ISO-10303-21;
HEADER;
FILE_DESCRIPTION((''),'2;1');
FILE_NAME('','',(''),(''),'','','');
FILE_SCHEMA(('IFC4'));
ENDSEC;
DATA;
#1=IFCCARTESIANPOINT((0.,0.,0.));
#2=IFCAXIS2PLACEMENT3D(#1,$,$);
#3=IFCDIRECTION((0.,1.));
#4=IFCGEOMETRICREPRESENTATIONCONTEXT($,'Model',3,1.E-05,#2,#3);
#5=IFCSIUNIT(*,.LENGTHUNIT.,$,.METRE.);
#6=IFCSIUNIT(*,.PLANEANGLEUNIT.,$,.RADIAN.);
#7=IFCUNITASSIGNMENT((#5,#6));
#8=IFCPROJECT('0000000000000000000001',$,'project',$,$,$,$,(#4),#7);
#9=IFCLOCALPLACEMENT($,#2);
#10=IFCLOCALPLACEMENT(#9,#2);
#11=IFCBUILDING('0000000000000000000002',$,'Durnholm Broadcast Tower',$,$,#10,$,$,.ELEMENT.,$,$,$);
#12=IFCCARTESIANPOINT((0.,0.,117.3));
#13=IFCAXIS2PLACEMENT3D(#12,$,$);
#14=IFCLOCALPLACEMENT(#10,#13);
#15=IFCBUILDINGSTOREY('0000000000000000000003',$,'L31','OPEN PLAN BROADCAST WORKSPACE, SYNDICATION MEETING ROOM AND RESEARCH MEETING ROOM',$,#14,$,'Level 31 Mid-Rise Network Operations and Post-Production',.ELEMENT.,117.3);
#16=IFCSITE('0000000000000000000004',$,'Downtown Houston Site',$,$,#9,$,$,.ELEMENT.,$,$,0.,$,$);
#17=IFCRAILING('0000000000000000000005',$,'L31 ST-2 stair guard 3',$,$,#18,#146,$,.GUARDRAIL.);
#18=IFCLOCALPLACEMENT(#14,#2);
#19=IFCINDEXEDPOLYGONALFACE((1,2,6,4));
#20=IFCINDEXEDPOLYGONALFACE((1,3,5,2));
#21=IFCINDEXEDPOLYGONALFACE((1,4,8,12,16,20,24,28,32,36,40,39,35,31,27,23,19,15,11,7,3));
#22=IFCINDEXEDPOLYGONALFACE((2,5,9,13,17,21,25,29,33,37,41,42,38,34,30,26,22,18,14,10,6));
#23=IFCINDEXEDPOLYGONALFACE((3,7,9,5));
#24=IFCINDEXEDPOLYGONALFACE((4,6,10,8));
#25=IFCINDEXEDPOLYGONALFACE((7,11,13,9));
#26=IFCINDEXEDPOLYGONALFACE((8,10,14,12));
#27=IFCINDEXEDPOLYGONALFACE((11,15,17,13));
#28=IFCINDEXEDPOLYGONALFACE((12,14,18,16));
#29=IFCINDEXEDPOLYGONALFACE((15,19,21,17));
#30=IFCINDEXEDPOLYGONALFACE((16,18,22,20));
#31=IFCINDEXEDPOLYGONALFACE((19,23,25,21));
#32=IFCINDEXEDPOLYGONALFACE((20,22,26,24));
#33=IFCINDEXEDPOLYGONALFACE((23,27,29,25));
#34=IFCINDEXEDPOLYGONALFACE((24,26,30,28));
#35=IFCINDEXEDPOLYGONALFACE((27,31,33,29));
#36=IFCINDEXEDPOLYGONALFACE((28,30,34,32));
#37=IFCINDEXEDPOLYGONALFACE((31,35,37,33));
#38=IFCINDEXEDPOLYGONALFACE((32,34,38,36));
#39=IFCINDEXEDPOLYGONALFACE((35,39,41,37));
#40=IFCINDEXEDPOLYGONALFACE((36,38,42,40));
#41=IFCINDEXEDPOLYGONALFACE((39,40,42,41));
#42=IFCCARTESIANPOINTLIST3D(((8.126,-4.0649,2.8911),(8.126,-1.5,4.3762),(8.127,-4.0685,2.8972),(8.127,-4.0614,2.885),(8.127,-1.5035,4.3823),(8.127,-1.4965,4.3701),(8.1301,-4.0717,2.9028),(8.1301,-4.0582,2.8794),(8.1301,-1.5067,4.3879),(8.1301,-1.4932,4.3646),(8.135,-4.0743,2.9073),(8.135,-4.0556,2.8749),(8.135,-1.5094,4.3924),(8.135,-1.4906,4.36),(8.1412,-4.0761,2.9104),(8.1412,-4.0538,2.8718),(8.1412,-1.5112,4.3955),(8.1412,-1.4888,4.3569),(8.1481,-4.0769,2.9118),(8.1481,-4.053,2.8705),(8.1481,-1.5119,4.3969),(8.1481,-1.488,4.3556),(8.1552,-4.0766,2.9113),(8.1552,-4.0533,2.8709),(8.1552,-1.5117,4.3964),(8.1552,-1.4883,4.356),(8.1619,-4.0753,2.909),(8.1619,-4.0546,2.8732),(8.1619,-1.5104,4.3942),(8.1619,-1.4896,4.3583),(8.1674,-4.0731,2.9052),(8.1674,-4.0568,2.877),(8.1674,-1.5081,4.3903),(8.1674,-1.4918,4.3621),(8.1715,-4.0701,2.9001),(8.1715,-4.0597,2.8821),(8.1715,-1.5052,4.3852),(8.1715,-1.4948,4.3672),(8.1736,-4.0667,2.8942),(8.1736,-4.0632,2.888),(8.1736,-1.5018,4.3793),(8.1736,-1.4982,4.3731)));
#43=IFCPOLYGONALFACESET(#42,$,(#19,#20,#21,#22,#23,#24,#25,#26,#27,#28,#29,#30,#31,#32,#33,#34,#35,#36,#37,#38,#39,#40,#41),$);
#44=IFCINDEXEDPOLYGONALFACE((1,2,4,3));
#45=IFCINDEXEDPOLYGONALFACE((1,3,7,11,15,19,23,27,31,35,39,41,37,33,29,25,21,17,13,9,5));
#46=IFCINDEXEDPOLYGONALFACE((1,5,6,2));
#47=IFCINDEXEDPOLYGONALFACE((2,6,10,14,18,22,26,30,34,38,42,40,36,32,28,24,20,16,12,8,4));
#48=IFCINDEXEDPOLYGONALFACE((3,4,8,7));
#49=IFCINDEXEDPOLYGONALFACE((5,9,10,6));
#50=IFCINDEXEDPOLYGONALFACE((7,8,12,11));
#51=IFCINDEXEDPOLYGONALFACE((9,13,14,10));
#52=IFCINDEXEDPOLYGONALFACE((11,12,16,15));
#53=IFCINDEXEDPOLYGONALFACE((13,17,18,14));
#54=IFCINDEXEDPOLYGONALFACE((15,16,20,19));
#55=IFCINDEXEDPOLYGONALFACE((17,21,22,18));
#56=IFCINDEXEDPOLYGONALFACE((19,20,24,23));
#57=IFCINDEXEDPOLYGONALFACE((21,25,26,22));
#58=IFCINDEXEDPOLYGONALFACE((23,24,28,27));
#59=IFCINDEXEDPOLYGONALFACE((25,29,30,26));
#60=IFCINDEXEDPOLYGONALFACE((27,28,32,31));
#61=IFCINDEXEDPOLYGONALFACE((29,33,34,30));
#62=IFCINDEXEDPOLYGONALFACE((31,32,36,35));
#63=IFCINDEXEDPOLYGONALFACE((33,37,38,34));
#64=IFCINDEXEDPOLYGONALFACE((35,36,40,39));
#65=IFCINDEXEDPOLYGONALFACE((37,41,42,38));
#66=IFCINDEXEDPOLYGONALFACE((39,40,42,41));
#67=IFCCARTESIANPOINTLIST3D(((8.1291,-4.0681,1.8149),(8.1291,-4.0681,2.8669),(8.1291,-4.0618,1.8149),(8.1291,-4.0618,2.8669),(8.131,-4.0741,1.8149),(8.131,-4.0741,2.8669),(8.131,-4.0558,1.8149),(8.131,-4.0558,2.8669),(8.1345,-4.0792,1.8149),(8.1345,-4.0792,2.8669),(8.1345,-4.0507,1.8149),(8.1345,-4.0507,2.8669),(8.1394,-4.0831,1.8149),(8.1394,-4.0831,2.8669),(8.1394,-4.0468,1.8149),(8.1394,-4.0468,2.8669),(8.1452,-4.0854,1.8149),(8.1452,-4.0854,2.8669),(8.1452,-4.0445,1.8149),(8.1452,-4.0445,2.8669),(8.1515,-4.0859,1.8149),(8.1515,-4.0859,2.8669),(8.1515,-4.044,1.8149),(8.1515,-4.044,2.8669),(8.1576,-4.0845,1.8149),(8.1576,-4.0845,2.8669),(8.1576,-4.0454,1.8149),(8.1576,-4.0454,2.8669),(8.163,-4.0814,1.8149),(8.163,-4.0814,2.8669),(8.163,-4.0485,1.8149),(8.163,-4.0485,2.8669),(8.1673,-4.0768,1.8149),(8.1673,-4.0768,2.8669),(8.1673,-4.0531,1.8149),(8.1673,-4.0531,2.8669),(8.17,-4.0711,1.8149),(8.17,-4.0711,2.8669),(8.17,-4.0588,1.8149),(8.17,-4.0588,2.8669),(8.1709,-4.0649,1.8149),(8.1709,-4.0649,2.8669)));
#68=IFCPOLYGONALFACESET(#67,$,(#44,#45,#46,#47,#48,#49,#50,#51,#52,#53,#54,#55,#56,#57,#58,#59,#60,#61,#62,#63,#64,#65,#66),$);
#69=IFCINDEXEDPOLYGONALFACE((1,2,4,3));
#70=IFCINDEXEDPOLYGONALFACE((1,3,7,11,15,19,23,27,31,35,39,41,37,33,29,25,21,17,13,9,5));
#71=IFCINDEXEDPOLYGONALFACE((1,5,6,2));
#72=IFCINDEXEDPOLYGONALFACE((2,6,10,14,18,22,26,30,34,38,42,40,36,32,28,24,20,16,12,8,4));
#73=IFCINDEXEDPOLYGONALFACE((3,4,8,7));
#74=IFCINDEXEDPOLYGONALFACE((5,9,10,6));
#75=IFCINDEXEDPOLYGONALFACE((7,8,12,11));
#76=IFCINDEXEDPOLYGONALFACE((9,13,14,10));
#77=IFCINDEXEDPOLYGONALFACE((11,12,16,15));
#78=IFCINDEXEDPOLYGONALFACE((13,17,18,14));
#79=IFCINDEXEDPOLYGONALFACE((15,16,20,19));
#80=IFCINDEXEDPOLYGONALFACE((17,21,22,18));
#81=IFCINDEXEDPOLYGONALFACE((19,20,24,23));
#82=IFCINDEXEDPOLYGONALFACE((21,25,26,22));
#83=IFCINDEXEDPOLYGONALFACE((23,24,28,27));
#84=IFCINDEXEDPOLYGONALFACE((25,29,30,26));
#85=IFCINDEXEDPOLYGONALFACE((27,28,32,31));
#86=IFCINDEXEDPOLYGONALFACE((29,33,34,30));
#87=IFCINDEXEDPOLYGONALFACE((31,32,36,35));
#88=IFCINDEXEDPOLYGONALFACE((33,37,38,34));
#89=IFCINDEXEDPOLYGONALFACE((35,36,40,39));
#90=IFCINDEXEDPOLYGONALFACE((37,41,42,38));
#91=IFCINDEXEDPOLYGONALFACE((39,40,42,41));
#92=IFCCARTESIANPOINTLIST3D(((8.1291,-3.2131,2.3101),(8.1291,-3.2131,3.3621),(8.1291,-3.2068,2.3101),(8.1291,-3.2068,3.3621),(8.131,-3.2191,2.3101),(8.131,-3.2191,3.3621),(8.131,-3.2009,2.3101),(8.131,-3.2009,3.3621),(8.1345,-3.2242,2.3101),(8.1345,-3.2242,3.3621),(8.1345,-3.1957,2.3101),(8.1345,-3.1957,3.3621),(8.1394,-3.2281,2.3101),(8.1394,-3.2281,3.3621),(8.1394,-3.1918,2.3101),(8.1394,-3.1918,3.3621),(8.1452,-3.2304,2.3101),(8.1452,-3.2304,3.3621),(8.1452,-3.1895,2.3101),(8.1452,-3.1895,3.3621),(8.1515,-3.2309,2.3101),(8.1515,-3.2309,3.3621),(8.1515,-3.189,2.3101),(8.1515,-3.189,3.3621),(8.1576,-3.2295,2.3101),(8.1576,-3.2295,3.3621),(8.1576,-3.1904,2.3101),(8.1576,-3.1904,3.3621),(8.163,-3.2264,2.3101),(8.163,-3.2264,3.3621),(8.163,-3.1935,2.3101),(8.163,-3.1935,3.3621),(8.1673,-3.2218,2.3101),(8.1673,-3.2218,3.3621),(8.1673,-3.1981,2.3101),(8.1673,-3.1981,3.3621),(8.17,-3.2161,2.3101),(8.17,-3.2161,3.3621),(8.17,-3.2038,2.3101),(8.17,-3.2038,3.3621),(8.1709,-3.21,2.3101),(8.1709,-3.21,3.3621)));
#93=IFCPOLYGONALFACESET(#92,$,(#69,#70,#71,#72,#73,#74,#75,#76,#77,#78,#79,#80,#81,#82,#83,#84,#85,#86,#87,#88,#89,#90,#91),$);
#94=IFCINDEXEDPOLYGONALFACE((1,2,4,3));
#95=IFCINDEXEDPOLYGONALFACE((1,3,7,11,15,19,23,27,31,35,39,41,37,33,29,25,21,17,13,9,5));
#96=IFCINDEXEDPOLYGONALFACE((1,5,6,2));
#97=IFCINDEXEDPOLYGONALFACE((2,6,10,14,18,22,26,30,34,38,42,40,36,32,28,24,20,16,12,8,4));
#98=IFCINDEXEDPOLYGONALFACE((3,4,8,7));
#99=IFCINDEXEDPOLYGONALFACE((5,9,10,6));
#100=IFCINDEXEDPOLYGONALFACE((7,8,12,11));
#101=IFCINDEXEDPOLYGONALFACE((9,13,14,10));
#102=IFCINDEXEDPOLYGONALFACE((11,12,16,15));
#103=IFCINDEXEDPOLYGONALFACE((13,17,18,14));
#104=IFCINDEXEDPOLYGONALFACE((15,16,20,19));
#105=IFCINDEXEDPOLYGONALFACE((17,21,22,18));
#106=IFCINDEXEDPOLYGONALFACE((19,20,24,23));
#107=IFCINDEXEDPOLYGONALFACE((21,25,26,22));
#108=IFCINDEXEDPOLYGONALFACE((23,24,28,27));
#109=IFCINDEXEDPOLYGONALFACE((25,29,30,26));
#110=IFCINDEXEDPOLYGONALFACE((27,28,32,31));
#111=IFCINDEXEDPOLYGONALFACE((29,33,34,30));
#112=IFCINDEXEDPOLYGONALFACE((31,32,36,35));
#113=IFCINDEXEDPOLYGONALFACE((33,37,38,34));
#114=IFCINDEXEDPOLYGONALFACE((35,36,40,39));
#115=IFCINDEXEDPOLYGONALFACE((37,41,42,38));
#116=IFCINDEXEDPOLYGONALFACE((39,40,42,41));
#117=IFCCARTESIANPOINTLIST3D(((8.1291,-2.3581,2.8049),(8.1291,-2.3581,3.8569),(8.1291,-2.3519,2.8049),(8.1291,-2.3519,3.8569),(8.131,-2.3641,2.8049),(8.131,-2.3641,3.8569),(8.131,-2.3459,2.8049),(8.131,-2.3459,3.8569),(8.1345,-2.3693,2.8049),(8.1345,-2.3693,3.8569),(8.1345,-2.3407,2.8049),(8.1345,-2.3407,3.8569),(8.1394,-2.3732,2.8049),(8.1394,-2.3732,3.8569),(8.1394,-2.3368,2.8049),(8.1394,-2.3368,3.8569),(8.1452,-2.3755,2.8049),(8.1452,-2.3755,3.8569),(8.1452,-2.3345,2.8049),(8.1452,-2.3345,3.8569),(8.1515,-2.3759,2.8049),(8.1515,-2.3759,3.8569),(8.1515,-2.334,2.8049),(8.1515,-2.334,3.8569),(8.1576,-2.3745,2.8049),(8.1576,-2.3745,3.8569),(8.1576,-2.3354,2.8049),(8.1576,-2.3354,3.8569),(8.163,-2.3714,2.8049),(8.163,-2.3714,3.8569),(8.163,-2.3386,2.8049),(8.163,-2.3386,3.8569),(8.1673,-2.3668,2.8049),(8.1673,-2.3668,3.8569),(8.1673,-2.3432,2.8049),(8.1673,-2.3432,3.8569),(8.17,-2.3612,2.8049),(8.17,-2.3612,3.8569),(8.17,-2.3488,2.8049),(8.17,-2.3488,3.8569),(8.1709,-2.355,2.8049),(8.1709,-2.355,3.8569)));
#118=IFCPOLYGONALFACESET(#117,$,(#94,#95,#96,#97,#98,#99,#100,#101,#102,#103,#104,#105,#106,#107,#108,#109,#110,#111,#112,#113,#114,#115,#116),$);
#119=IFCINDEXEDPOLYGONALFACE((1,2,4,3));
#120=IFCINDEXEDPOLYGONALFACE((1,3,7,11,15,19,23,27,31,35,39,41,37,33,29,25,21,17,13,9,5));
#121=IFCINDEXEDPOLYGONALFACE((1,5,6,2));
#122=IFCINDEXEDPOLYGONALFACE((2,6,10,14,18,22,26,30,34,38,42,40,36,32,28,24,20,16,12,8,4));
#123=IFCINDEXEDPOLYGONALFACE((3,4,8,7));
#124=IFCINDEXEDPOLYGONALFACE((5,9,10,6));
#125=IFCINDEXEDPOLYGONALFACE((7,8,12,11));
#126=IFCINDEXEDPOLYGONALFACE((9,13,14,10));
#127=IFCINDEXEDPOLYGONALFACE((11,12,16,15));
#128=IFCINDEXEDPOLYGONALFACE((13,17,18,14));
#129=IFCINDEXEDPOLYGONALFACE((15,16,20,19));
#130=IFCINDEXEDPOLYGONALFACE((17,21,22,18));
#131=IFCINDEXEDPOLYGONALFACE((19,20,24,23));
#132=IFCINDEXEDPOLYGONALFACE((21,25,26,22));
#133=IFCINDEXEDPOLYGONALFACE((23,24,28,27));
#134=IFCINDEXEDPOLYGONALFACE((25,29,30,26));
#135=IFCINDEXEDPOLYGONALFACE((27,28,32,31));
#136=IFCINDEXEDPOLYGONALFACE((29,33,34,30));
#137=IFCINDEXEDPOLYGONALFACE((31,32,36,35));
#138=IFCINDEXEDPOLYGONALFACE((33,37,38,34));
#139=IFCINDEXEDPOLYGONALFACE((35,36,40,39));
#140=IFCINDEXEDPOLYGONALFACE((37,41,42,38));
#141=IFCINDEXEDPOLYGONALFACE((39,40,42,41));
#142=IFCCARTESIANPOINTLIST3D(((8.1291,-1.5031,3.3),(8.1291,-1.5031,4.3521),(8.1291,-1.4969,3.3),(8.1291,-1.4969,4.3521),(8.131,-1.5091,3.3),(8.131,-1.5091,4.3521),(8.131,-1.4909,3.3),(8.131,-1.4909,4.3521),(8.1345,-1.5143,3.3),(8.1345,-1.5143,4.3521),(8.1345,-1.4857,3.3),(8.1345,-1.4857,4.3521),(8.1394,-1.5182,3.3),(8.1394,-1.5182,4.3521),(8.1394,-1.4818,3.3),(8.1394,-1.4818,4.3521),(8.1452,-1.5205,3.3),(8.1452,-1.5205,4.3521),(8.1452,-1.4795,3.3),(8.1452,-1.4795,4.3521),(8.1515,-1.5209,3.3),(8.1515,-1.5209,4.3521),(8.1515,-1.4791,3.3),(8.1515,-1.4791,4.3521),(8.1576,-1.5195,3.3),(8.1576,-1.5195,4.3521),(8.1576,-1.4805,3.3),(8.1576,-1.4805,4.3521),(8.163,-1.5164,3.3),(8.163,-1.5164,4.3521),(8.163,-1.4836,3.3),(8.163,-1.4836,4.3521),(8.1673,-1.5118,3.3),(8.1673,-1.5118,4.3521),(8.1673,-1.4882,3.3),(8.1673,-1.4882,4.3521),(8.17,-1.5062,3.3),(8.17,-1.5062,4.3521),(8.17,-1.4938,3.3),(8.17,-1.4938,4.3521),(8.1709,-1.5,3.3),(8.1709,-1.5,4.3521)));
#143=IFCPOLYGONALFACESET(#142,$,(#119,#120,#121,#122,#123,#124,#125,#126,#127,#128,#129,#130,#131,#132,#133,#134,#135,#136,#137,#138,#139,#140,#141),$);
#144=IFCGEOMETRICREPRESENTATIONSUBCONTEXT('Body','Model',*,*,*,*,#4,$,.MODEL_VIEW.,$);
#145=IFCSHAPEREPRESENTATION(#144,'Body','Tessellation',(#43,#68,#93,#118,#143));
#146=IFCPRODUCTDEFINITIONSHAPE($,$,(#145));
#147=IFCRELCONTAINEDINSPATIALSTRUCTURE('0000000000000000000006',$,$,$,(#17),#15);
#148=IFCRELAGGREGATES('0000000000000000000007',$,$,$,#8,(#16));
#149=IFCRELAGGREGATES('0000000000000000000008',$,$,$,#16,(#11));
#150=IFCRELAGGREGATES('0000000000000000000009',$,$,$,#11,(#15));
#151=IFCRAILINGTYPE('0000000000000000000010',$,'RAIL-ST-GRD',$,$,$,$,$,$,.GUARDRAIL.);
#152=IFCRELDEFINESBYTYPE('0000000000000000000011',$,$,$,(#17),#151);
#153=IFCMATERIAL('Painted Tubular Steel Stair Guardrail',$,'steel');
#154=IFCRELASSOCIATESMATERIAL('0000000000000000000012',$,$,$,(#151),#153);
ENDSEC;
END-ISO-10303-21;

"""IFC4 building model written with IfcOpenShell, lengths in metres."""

from ifc_helpers import new_model, si_unit, direction, frame, origin, origin_2d, place, context, subcontext, project, spatial, circle, extrude, material, type_object, element, save


model = new_model("IFC4")

# Units and contexts
model_context = context("Model", 3, precision=1e-05, world=origin(), true_north=direction((0.0, 1.0)))
body_context = subcontext(model_context, "Body", "Model", "MODEL_VIEW")
ifc_project = project(units=[si_unit("LENGTHUNIT", "METRE"), si_unit("PLANEANGLEUNIT", "RADIAN")], contexts=[model_context])

# Site, building, storey
site_placement = place(None, origin())
site = spatial("IfcSite", under=ifc_project, at=site_placement, Name="Downtown Houston Site", CompositionType="ELEMENT", RefElevation=0.0)
building_placement = place(site_placement, origin())
building = spatial("IfcBuilding", under=site, at=building_placement, Name="Durnholm Broadcast Tower", CompositionType="ELEMENT")
storey_placement = place(building_placement, frame((0.0, 0.0, 117.3)))
storey = spatial("IfcBuildingStorey", under=building, at=storey_placement, Name="L31", Description="OPEN PLAN BROADCAST WORKSPACE, SYNDICATION MEETING ROOM AND RESEARCH MEETING ROOM", LongName="Level 31 Mid-Rise Network Operations and Post-Production", CompositionType="ELEMENT", Elevation=117.3)

# Railing
ifc_material_1 = material(Name="Painted Tubular Steel Stair Guardrail", Category="steel")
railing_type_1 = type_object("IfcRailingType", Name="RAIL-ST-GRD", PredefinedType="GUARDRAIL", material=ifc_material_1)
railing_1_placement = place(storey_placement, frame((8.1499, -4.0649, 1.8149)))
element("IfcRailing", 1, at=railing_1_placement, inside=storey, type_object=railing_type_1, Name="L31 ST-2 stair guard 3", PredefinedType="GUARDRAIL", context=body_context, shape_type="SweptSolid", body=[
    extrude(circle(Radius=0.0239, at=origin_2d()), frame((0.0, 0.0, 1.0762), z_axis=(0.0, 0.865406, 0.501072), x_axis=(-1.0, 0.0, 0.0)), (0.0, 0.0, 1.0), 2.9639),
    extrude(circle(Radius=0.021, at=origin_2d()), origin(), (0.0, 0.0, 1.0), 1.052),
    extrude(circle(Radius=0.021, at=origin_2d()), frame((0.0, 0.855, 0.4951)), (0.0, 0.0, 1.0), 1.052),
    extrude(circle(Radius=0.021, at=origin_2d()), frame((0.0, 1.71, 0.99)), (0.0, 0.0, 1.0), 1.052),
    extrude(circle(Radius=0.021, at=origin_2d()), frame((0.0, 2.5649, 1.4851)), (0.0, 0.0, 1.0), 1.052),
])

save(model, "model.ifc")
